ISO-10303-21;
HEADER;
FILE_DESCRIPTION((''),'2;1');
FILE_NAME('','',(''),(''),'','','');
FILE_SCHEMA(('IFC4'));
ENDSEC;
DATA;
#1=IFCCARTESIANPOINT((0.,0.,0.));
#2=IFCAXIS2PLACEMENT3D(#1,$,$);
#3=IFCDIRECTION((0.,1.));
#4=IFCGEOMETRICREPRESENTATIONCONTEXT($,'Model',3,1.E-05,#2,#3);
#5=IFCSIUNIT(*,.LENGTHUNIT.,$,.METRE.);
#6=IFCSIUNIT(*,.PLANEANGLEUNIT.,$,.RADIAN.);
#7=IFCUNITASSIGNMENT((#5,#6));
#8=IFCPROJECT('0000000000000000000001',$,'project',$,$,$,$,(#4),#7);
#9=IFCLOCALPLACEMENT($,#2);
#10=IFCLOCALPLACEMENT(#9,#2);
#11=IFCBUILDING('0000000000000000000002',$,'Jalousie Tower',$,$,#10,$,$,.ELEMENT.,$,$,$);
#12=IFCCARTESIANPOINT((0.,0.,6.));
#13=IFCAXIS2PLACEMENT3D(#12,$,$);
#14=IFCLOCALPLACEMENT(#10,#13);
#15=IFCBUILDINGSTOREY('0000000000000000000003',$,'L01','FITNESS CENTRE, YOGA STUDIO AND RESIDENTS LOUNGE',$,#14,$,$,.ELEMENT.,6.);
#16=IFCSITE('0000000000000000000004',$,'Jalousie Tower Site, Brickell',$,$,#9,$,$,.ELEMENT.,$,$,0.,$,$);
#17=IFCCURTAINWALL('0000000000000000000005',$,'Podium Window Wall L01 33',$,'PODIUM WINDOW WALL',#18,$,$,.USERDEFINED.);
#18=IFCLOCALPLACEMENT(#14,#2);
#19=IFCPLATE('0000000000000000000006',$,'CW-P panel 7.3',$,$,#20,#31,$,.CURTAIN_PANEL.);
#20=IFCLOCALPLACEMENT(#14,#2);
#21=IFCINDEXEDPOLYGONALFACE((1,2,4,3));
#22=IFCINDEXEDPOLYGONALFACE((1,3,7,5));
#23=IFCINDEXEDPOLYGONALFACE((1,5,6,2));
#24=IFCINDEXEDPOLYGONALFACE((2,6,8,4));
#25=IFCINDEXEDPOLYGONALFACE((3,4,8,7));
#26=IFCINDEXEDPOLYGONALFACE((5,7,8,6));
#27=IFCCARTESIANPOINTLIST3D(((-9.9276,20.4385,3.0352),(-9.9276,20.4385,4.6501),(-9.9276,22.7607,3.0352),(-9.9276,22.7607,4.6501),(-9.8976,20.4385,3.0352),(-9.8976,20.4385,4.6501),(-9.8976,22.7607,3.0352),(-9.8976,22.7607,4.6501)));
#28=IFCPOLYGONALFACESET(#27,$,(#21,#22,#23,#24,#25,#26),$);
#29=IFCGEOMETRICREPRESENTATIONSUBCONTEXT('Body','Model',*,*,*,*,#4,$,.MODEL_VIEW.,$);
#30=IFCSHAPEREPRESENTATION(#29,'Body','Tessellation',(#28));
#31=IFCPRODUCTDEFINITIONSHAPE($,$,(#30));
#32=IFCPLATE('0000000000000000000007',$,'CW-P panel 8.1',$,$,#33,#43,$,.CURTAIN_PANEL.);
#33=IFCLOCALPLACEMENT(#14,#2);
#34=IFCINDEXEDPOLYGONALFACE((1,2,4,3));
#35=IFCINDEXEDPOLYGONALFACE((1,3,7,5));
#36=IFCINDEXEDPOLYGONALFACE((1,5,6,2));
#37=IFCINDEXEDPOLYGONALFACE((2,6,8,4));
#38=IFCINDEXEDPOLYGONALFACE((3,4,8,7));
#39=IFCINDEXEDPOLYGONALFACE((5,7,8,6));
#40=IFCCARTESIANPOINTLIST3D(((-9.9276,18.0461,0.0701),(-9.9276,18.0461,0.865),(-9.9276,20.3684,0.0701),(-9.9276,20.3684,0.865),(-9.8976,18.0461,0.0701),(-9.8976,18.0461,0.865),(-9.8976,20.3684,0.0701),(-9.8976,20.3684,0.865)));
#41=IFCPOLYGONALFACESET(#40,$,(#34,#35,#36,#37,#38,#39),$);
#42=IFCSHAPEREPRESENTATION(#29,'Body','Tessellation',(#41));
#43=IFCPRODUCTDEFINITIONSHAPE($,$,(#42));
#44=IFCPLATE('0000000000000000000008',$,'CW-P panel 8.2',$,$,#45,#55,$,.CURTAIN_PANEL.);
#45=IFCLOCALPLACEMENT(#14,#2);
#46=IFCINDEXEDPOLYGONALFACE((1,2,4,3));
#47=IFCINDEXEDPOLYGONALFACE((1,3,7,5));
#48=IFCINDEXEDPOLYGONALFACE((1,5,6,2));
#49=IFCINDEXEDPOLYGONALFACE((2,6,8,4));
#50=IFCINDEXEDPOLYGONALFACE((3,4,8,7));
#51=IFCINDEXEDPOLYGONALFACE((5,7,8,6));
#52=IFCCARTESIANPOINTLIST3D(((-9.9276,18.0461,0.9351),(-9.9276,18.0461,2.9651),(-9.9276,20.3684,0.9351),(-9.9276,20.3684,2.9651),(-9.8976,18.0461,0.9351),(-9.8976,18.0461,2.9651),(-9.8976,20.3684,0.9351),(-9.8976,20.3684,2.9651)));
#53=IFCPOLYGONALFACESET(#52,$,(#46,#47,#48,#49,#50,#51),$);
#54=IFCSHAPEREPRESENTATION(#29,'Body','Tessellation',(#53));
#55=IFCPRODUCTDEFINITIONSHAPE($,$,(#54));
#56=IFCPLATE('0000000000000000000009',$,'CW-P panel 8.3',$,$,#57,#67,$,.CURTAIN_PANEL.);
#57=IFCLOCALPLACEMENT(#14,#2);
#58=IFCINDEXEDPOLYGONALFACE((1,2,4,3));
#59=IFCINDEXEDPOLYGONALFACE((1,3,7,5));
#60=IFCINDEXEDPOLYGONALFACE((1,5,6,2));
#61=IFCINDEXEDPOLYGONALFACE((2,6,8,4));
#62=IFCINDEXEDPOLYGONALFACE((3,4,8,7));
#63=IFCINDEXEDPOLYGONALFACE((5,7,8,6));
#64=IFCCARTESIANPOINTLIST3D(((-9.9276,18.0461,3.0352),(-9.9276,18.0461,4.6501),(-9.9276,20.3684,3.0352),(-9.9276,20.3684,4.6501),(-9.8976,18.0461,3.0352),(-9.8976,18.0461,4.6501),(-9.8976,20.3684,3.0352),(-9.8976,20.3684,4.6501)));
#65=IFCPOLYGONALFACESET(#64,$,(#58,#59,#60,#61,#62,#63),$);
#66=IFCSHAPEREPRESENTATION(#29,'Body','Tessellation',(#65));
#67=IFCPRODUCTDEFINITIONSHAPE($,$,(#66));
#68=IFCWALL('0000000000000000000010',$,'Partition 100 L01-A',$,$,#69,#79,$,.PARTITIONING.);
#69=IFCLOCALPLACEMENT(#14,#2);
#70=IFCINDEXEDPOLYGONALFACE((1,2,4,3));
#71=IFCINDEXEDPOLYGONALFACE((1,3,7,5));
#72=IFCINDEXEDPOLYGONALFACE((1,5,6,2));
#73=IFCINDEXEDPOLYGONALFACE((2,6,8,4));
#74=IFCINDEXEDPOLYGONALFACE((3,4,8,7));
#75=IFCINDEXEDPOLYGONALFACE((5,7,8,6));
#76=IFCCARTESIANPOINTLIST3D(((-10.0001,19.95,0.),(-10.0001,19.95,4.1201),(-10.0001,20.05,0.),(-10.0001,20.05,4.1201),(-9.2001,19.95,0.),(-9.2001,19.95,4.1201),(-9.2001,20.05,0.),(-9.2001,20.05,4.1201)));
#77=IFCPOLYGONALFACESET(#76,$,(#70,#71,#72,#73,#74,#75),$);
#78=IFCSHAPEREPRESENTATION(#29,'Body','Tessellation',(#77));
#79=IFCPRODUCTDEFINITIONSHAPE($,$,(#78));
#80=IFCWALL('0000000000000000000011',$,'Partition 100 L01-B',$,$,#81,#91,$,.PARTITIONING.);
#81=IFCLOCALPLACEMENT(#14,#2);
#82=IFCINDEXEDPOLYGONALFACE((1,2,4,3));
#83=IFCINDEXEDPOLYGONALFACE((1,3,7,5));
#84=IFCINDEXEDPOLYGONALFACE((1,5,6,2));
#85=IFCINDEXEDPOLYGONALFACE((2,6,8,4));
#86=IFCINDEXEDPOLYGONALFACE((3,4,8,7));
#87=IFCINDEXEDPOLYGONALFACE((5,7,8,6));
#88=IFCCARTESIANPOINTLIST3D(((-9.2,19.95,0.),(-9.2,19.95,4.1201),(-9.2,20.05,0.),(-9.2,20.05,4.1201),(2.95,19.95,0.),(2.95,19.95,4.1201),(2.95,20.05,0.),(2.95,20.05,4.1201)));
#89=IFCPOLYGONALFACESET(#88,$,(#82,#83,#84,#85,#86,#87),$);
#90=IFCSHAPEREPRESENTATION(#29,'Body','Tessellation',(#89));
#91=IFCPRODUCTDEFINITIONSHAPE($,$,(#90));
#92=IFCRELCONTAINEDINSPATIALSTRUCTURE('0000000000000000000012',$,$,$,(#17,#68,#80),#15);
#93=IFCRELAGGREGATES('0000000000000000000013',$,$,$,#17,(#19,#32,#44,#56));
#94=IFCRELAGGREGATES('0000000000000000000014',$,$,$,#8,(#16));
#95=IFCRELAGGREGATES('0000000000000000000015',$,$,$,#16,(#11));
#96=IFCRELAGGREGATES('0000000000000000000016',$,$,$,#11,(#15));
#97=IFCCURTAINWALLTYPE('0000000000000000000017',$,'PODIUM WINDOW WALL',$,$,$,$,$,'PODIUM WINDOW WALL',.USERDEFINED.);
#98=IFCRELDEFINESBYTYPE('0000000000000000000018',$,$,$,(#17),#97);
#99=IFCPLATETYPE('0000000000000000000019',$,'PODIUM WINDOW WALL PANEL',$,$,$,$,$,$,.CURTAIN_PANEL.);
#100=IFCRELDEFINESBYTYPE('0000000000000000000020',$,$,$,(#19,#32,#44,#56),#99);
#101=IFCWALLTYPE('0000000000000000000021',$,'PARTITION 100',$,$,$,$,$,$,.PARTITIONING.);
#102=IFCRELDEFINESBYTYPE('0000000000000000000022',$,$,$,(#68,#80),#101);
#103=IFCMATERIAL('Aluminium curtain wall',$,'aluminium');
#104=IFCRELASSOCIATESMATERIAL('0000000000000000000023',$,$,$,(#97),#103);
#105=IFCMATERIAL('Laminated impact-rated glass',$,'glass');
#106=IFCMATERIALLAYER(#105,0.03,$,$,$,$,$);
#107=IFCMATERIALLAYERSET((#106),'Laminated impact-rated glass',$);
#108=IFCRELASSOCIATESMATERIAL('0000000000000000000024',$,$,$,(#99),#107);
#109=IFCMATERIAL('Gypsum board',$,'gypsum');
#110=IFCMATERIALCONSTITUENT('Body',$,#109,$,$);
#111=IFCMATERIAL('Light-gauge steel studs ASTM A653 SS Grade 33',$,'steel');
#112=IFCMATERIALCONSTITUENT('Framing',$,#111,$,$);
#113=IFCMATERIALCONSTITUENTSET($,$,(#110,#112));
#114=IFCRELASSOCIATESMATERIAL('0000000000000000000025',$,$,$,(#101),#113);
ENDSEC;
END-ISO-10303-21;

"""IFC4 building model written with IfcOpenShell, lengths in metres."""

from ifc_helpers import new_model, si_unit, direction, frame, frame_2d, origin, origin_2d, place, context, subcontext, project, spatial, rectangle, extrude, material, layer, layer_set, constituent, constituent_set, type_object, element, aggregate, save


model = new_model("IFC4")

# Units and contexts
model_context = context("Model", 3, precision=1e-05, world=origin(), true_north=direction((0.0, 1.0)))
body_context = subcontext(model_context, "Body", "Model", "MODEL_VIEW")
ifc_project = project(units=[si_unit("LENGTHUNIT", "METRE"), si_unit("PLANEANGLEUNIT", "RADIAN")], contexts=[model_context])

# Site, building, storey
site_placement = place(None, origin())
site = spatial("IfcSite", under=ifc_project, at=site_placement, Name="Jalousie Tower Site, Brickell", CompositionType="ELEMENT", RefElevation=0.0)
building_placement = place(site_placement, origin())
building = spatial("IfcBuilding", under=site, at=building_placement, Name="Jalousie Tower", CompositionType="ELEMENT")
storey_placement = place(building_placement, frame((0.0, 0.0, 6.0)))
storey = spatial("IfcBuildingStorey", under=building, at=storey_placement, Name="L01", Description="FITNESS CENTRE, YOGA STUDIO AND RESIDENTS LOUNGE", CompositionType="ELEMENT", Elevation=6.0)

# Curtain wall
ifc_material_1 = material(Name="Aluminium curtain wall", Category="aluminium")
curtain_wall_type = type_object("IfcCurtainWallType", Name="PODIUM WINDOW WALL", ElementType="PODIUM WINDOW WALL", PredefinedType="USERDEFINED", material=ifc_material_1)
curtain_wall_placement = place(storey_placement, origin())
curtain_wall = element("IfcCurtainWall", 1, at=curtain_wall_placement, inside=storey, type_object=curtain_wall_type, Name="Podium Window Wall L01 33", ObjectType="PODIUM WINDOW WALL", PredefinedType="USERDEFINED")

# Plates
ifc_material_2 = material(Name="Laminated impact-rated glass", Category="glass")
ifc_layer = layer(ifc_material_2, 0.03)
ifc_layer_set = layer_set([ifc_layer], Name="Laminated impact-rated glass")
plate_type = type_object("IfcPlateType", Name="PODIUM WINDOW WALL PANEL", PredefinedType="CURTAIN_PANEL", material=ifc_layer_set)
plate_1_placement = place(storey_placement, frame((-9.9126, 21.5996, 3.0352), z_axis=(0.0, 0.0, 1.0), x_axis=(0.0, -1.0, 0.0)))
plate_1 = element("IfcPlate", 2, at=plate_1_placement, type_object=plate_type, Name="CW-P panel 7.3", PredefinedType="CURTAIN_PANEL", context=body_context, shape_type="SweptSolid", body=[
    extrude(rectangle(XDim=2.3223, YDim=0.03, at=origin_2d()), origin(), (0.0, 0.0, 1.0), 1.615),
])
plate_2_placement = place(storey_placement, frame((-9.9126, 19.2073, 0.0701), z_axis=(0.0, 0.0, 1.0), x_axis=(0.0, -1.0, 0.0)))
plate_2 = element("IfcPlate", 3, at=plate_2_placement, type_object=plate_type, Name="CW-P panel 8.1", PredefinedType="CURTAIN_PANEL", context=body_context, shape_type="SweptSolid", body=[
    extrude(rectangle(XDim=2.3223, YDim=0.03, at=origin_2d()), origin(), (0.0, 0.0, 1.0), 0.7949),
])
plate_3_placement = place(storey_placement, frame((-9.9126, 19.2073, 0.9351), z_axis=(0.0, 0.0, 1.0), x_axis=(0.0, -1.0, 0.0)))
plate_3 = element("IfcPlate", 4, at=plate_3_placement, type_object=plate_type, Name="CW-P panel 8.2", PredefinedType="CURTAIN_PANEL", context=body_context, shape_type="SweptSolid", body=[
    extrude(rectangle(XDim=2.3223, YDim=0.03, at=origin_2d()), origin(), (0.0, 0.0, 1.0), 2.03),
])
plate_4_placement = place(storey_placement, frame((-9.9126, 19.2073, 3.0352), z_axis=(0.0, 0.0, 1.0), x_axis=(0.0, -1.0, 0.0)))
plate_4 = element("IfcPlate", 5, at=plate_4_placement, type_object=plate_type, Name="CW-P panel 8.3", PredefinedType="CURTAIN_PANEL", context=body_context, shape_type="SweptSolid", body=[
    extrude(rectangle(XDim=2.3223, YDim=0.03, at=origin_2d()), origin(), (0.0, 0.0, 1.0), 1.615),
])
aggregate(curtain_wall, [plate_1, plate_2, plate_3, plate_4])

# Walls
ifc_material_3 = material(Name="Gypsum board", Category="gypsum")
ifc_constituent_1 = constituent(ifc_material_3, Name="Body")
ifc_material_4 = material(Name="Light-gauge steel studs ASTM A653 SS Grade 33", Category="steel")
ifc_constituent_2 = constituent(ifc_material_4, Name="Framing")
ifc_constituent_set = constituent_set(constituents=[ifc_constituent_1, ifc_constituent_2])
wall_type = type_object("IfcWallType", Name="PARTITION 100", PredefinedType="PARTITIONING", material=ifc_constituent_set)
wall_1_placement = place(storey_placement, frame((-10.0, 20.0, 0.0), z_axis=(0.0, 0.0, 1.0), x_axis=(1.0, 0.0, 0.0)))
element("IfcWall", 6, at=wall_1_placement, inside=storey, type_object=wall_type, Name="Partition 100 L01-A", PredefinedType="PARTITIONING", context=body_context, shape_type="SweptSolid", body=[
    extrude(rectangle(XDim=0.8, YDim=0.1001, at=frame_2d((0.3999, 0.0))), origin(), (0.0, 0.0, 1.0), 4.1201),
])
wall_2_placement = place(storey_placement, frame((-9.2, 20.0, 0.0), z_axis=(0.0, 0.0, 1.0), x_axis=(1.0, 0.0, 0.0)))
element("IfcWall", 7, at=wall_2_placement, inside=storey, type_object=wall_type, Name="Partition 100 L01-B", PredefinedType="PARTITIONING", context=body_context, shape_type="SweptSolid", body=[
    extrude(rectangle(XDim=12.1499, YDim=0.1001, at=frame_2d((6.075, 0.0))), origin(), (0.0, 0.0, 1.0), 4.1201),
])

save(model, "model.ifc")
